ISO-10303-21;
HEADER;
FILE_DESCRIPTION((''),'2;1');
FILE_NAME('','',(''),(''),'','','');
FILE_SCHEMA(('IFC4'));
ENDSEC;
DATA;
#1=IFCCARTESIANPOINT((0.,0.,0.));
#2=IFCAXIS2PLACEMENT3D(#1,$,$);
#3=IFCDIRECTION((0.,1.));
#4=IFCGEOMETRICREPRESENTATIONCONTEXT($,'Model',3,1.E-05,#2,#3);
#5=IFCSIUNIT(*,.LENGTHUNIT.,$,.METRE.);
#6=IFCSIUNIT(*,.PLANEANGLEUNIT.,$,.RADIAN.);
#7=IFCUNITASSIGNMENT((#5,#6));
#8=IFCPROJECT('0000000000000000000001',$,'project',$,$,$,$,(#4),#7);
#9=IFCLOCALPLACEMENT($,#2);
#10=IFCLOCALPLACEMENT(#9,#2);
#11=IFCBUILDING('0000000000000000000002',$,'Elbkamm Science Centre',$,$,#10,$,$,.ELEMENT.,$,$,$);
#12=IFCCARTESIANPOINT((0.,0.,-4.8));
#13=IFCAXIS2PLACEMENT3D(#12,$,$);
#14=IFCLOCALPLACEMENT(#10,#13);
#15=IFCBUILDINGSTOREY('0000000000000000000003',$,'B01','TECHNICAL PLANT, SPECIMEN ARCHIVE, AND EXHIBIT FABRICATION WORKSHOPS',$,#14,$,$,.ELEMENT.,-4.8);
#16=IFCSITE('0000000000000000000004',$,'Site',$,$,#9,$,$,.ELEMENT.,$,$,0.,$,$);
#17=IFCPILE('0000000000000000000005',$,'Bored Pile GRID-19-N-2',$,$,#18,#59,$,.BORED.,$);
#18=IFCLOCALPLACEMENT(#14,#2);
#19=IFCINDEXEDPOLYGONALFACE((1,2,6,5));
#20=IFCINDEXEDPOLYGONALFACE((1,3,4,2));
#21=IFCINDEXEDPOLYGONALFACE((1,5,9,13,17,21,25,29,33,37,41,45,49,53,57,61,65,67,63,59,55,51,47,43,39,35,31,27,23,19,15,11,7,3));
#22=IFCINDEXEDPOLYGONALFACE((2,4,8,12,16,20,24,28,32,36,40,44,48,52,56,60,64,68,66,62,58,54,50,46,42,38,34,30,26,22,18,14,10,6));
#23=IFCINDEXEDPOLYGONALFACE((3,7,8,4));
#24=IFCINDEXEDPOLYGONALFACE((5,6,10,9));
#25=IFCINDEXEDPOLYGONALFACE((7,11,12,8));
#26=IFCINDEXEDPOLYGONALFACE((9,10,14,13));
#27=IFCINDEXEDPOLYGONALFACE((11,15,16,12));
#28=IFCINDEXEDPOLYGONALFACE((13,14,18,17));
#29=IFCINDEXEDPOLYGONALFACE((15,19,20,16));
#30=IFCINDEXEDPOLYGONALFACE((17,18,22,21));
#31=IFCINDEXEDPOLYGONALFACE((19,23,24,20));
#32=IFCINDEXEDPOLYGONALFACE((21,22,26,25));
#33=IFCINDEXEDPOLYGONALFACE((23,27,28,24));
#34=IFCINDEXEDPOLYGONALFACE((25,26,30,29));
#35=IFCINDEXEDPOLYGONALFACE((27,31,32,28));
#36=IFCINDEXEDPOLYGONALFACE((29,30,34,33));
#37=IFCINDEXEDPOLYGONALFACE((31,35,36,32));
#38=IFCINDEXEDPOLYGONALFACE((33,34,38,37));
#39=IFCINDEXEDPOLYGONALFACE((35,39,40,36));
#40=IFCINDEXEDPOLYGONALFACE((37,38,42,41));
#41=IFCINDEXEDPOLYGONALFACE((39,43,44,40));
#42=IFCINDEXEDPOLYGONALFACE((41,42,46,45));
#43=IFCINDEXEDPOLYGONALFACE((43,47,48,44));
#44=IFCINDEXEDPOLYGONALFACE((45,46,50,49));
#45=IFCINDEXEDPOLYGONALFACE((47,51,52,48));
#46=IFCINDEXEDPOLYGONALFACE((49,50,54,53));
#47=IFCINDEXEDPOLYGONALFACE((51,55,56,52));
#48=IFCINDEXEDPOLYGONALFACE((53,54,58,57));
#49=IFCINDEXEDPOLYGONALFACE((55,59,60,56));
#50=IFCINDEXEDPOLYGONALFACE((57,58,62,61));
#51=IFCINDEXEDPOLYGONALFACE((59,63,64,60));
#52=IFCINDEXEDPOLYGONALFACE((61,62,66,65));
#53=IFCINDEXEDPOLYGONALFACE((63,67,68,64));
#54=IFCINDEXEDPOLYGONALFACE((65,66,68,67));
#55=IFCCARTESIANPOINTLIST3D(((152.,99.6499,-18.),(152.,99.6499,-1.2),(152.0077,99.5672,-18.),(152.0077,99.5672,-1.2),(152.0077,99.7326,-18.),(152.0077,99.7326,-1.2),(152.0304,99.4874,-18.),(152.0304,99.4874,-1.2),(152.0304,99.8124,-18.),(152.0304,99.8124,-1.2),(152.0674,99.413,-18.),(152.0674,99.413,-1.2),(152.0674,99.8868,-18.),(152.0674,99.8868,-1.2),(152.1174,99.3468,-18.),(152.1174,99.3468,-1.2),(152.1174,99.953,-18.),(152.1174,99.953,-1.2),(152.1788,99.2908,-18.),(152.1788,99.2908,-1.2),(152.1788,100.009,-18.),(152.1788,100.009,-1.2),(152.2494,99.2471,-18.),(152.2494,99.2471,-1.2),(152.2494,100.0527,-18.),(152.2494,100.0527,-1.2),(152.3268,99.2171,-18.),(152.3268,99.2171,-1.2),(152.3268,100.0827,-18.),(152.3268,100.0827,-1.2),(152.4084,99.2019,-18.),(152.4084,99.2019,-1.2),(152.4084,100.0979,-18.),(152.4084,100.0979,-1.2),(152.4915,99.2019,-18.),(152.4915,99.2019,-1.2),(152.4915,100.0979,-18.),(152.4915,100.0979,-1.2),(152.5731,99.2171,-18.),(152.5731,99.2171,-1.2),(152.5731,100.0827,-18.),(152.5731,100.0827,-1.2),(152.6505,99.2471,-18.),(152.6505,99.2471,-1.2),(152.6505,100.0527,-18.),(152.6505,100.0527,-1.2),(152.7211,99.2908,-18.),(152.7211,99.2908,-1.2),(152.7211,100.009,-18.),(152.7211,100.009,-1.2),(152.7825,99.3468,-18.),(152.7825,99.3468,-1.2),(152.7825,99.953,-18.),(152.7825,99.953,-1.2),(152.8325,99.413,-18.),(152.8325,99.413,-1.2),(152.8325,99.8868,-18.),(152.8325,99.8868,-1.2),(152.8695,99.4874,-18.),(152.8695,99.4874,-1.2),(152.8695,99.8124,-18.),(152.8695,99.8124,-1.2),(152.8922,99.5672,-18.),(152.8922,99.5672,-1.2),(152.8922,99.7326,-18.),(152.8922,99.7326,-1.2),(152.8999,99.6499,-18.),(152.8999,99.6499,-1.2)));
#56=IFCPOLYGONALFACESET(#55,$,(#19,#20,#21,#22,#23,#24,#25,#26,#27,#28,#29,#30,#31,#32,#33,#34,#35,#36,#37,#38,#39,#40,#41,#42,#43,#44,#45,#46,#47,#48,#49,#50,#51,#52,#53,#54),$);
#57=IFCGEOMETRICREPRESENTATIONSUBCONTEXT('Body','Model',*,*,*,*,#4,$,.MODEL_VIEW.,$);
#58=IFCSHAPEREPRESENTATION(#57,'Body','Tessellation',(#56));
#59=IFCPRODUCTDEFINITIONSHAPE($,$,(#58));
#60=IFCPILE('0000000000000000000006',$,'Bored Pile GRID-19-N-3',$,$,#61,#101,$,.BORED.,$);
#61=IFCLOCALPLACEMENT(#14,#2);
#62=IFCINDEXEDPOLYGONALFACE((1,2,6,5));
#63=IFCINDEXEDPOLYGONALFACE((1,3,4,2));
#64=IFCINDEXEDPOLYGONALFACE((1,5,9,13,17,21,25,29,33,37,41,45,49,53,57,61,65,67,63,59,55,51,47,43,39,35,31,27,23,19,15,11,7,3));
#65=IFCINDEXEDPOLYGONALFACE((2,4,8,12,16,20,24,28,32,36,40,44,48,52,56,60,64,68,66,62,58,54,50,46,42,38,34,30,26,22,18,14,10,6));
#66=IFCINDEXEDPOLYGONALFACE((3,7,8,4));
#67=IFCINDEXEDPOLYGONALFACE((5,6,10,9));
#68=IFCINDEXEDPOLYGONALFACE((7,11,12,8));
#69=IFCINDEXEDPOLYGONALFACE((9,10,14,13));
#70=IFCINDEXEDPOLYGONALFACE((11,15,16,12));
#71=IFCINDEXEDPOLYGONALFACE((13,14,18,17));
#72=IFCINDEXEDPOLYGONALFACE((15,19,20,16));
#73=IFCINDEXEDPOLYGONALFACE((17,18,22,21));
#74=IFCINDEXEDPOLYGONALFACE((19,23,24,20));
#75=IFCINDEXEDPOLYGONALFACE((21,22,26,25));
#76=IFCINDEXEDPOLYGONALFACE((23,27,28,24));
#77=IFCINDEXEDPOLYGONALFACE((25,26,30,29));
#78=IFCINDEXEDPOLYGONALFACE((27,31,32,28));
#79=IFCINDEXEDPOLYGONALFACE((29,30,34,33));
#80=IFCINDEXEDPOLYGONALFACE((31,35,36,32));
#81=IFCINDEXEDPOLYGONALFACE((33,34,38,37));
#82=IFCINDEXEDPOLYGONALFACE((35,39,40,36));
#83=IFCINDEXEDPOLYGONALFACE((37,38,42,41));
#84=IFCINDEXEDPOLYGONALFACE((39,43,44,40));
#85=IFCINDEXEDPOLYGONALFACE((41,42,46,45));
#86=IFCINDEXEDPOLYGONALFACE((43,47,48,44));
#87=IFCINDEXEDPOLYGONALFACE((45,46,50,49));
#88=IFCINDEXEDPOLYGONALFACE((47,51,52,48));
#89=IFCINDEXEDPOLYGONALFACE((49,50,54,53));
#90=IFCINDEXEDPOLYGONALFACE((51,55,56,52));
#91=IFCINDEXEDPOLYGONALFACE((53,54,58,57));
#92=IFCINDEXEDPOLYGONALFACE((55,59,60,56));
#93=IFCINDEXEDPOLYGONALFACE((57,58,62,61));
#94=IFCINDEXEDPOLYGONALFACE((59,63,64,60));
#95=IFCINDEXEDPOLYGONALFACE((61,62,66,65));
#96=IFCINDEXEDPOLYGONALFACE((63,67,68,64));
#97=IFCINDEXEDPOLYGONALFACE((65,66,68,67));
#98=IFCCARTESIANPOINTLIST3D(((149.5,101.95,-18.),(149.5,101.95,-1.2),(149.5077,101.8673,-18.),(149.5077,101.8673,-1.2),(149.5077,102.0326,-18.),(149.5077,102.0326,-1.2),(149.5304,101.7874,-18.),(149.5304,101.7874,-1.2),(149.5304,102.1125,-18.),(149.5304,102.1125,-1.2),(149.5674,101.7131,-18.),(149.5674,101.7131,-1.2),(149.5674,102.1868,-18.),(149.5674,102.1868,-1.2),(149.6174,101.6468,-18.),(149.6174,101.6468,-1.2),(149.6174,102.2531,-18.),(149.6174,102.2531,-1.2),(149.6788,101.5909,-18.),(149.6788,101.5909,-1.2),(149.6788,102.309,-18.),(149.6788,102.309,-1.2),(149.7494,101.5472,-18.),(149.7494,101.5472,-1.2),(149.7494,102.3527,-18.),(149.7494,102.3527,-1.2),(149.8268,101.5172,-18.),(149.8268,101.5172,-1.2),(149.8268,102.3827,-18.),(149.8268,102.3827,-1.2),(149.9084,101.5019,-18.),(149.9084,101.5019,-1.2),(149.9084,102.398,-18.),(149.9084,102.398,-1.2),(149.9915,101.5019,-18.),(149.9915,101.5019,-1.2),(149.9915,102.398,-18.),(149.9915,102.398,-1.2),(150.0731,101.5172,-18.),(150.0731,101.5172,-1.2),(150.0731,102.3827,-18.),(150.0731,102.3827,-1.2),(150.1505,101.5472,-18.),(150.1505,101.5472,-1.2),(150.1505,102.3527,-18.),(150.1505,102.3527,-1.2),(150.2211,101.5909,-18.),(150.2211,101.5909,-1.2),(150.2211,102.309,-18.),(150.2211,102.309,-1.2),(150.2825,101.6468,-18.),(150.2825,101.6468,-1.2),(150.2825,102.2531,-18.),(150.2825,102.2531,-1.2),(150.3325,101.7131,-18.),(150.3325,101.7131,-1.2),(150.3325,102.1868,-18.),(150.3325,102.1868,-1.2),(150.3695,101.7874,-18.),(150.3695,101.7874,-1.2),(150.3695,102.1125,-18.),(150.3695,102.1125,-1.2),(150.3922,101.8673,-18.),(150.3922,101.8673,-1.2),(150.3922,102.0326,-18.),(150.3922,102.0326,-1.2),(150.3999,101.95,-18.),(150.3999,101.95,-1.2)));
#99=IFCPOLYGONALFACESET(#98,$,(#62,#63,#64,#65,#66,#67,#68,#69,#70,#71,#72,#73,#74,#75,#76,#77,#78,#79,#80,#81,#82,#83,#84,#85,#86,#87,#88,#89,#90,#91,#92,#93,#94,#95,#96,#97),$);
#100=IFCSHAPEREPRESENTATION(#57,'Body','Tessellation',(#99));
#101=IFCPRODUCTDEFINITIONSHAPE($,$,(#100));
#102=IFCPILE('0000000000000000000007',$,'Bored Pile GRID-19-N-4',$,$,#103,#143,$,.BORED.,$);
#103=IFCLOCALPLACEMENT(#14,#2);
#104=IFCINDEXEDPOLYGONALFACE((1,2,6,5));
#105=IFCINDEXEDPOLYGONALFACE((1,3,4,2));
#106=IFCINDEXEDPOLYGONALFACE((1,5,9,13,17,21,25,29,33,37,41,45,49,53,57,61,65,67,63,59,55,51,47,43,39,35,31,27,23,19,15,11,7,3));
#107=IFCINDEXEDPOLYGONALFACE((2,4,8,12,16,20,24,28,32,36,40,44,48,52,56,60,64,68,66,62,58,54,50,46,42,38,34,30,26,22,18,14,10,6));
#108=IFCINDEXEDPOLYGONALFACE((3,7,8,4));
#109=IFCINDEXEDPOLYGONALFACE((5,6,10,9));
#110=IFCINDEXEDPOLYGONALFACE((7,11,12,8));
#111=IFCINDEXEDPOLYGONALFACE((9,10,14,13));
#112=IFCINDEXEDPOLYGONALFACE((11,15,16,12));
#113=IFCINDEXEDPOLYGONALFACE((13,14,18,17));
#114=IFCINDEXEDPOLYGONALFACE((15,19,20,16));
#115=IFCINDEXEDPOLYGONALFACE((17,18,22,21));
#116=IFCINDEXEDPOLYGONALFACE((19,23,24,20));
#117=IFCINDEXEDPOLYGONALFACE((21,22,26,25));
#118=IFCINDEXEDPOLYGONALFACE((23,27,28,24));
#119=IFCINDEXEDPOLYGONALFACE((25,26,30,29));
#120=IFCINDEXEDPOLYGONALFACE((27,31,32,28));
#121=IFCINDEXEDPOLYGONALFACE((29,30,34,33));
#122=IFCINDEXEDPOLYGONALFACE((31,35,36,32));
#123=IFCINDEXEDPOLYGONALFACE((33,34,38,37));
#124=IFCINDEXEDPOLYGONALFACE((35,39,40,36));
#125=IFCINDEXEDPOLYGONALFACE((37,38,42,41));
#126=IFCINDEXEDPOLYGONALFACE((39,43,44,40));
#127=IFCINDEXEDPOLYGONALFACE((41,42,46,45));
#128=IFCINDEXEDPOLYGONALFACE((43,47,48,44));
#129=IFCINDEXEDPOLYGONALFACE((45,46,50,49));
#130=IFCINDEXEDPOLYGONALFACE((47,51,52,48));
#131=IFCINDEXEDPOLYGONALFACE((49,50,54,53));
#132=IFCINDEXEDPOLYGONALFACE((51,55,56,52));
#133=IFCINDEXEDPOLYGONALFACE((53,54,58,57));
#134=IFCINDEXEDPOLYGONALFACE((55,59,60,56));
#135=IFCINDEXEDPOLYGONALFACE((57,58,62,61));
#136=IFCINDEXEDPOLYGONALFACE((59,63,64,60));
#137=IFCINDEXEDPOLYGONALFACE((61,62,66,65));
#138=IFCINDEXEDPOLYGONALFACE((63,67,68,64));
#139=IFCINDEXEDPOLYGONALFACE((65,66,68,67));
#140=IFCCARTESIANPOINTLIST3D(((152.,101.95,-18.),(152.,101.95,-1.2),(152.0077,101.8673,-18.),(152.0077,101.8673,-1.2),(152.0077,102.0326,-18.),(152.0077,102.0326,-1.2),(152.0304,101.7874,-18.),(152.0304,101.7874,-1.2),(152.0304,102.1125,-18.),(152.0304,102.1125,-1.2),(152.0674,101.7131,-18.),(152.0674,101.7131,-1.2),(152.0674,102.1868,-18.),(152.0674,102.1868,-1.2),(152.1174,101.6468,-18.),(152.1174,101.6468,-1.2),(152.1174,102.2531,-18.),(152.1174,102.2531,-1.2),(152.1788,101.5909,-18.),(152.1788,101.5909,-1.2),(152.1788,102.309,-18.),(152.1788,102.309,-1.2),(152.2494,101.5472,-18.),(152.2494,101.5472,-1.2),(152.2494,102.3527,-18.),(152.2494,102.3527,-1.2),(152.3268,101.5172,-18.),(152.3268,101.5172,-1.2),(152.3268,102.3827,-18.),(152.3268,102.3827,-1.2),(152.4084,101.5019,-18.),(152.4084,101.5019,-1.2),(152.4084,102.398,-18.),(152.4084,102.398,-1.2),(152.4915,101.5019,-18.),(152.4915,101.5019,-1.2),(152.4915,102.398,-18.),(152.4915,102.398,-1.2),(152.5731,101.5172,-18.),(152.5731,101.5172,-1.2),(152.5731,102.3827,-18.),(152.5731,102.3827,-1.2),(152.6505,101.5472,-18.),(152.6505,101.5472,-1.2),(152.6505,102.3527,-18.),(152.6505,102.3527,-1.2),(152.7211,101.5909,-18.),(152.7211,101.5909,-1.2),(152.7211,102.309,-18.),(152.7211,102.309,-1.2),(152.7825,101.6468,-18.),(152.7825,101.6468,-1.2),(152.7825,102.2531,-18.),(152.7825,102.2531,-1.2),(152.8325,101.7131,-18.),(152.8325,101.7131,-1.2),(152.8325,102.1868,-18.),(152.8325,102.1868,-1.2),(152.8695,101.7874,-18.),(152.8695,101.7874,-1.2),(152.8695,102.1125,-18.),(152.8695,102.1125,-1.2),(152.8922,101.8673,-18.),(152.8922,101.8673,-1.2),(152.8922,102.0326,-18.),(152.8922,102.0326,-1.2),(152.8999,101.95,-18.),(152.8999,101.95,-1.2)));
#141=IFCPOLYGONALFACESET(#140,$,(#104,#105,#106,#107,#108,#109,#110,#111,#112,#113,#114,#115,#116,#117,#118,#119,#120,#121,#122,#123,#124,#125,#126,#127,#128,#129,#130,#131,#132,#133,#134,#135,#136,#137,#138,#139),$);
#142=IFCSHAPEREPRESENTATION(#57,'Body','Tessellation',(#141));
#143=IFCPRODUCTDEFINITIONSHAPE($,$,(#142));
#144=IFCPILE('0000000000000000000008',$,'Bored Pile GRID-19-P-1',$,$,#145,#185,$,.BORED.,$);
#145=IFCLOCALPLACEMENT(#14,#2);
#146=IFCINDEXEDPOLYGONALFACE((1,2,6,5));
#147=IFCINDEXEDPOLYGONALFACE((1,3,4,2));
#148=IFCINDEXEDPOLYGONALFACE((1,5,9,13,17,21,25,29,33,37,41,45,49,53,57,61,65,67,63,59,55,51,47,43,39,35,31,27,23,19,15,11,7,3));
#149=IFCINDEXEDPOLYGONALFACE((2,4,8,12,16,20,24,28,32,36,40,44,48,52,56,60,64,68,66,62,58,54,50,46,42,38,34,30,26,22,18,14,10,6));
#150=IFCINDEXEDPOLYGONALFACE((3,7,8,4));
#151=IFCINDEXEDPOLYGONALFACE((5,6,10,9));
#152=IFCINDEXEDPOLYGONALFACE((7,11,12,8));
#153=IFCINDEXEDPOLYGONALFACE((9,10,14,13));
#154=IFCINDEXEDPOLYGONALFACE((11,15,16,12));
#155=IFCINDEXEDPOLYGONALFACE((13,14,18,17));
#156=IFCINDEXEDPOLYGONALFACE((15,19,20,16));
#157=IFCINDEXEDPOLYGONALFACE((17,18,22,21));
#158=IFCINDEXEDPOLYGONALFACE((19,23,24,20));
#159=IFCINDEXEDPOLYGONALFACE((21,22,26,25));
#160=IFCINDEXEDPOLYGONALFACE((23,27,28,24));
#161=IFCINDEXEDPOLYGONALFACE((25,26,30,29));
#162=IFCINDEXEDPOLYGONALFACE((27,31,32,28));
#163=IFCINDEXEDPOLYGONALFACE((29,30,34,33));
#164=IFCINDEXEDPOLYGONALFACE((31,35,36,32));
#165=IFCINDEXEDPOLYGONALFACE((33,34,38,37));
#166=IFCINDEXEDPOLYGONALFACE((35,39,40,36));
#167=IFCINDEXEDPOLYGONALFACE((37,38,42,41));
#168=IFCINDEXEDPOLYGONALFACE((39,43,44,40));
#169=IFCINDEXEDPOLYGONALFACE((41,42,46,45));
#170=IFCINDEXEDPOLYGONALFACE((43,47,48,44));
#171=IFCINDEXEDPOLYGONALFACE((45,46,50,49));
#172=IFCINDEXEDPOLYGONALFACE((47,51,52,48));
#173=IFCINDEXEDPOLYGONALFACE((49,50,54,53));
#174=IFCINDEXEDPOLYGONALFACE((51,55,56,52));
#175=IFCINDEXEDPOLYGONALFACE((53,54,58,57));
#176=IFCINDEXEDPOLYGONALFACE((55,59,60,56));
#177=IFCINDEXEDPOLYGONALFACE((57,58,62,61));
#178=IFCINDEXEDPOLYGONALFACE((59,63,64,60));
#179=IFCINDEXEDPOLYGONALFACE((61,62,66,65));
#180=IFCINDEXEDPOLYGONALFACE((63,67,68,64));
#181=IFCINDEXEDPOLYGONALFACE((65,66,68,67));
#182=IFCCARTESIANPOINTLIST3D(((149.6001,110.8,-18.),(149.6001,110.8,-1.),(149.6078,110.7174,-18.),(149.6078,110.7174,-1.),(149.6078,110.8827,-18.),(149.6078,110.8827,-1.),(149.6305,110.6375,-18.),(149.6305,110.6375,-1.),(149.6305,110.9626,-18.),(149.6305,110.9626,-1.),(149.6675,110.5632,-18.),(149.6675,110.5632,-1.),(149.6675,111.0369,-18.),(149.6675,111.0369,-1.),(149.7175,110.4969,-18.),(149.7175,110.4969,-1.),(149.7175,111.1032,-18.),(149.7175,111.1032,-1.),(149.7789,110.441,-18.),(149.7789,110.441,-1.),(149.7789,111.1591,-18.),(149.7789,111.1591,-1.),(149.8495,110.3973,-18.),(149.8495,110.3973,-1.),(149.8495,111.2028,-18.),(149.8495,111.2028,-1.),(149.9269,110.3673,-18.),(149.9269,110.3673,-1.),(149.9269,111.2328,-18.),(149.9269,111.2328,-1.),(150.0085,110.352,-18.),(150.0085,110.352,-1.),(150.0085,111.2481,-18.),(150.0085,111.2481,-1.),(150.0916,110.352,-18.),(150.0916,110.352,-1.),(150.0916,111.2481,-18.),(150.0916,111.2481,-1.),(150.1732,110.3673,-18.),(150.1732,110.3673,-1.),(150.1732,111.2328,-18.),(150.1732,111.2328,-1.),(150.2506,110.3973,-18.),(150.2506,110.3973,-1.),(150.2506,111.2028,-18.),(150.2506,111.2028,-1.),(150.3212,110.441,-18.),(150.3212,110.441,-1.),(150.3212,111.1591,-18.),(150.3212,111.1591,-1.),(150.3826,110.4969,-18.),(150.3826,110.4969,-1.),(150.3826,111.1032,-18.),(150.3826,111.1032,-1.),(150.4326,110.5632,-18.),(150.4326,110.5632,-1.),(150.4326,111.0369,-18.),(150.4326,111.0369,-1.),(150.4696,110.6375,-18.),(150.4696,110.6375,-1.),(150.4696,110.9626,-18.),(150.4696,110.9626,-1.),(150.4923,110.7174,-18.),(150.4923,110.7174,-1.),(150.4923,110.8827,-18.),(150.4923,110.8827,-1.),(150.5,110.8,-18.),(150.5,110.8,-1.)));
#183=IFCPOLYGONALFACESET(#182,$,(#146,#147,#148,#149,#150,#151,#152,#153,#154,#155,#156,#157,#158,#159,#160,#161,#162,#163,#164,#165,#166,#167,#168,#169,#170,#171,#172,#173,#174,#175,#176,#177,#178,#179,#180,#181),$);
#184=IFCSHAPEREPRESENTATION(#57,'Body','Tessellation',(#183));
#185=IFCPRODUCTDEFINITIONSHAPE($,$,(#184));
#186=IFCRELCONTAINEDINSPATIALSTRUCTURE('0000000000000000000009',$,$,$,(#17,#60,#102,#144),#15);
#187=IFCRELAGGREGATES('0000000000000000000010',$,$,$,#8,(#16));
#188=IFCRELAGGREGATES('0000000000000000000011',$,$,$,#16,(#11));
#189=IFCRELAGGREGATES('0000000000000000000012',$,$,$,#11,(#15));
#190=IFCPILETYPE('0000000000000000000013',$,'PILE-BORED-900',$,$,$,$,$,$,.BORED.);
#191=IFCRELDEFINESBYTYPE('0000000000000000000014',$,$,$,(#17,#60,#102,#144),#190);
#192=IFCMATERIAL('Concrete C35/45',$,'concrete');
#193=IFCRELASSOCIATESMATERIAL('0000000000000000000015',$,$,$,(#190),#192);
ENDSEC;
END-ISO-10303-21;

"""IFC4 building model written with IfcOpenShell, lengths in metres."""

from ifc_helpers import new_model, si_unit, direction, frame, origin, origin_2d, place, context, subcontext, project, spatial, circle, extrude, material, material_profile, profile_set, type_object, element, save


model = new_model("IFC4")

# Units and contexts
model_context = context("Model", 3, precision=1e-05, world=origin(), true_north=direction((0.0, 1.0)))
body_context = subcontext(model_context, "Body", "Model", "MODEL_VIEW")
ifc_project = project(units=[si_unit("LENGTHUNIT", "METRE"), si_unit("PLANEANGLEUNIT", "RADIAN")], contexts=[model_context])

# Site, building, storey
site_placement = place(None, origin())
site = spatial("IfcSite", under=ifc_project, at=site_placement, Name="Site", CompositionType="ELEMENT", RefElevation=0.0)
building_placement = place(site_placement, origin())
building = spatial("IfcBuilding", under=site, at=building_placement, Name="Elbkamm Science Centre", CompositionType="ELEMENT")
storey_placement = place(building_placement, frame((0.0, 0.0, -4.8)))
storey = spatial("IfcBuildingStorey", under=building, at=storey_placement, Name="B01", Description="TECHNICAL PLANT, SPECIMEN ARCHIVE, AND EXHIBIT FABRICATION WORKSHOPS", CompositionType="ELEMENT", Elevation=-4.8)

# Shared definitions
ifc_material_1 = material(Name="Concrete C35/45", Category="concrete")

# Piles
ifc_material_profile_1 = material_profile(ifc_material_1, circle(Radius=0.45, at=origin_2d()), Name="PILE D900")
ifc_profile_set_1 = profile_set([ifc_material_profile_1], Name="Concrete C35/45")
pile_type = type_object("IfcPileType", Name="PILE-BORED-900", PredefinedType="BORED", material=ifc_profile_set_1)
for number, where, z_axis, x_axis, name in (
    (1, (152.45, 99.6499, -1.2), (0.0, 0.0, -1.0), (1.0, 0.0, 0.0), "Bored Pile GRID-19-N-2"),
    (2, (149.95, 101.95, -1.2), (0.0, 0.0, -1.0), (1.0, 0.0, 0.0), "Bored Pile GRID-19-N-3"),
    (3, (152.45, 101.95, -1.2), (0.0, 0.0, -1.0), (1.0, 0.0, 0.0), "Bored Pile GRID-19-N-4"),
):
    element("IfcPile", number, at=place(storey_placement, frame(where, z_axis=z_axis, x_axis=x_axis)), inside=storey, type_object=pile_type, Name=name, PredefinedType="BORED", context=body_context, shape_type="SweptSolid", body=[
        extrude(circle(Radius=0.45, at=origin_2d()), origin(), (0.0, 0.0, 1.0), 16.8),
    ])
for number, where, z_axis, x_axis, name in (
    (4, (150.05, 110.8, -1.0), (0.0, 0.0, -1.0), (1.0, 0.0, 0.0), "Bored Pile GRID-19-P-1"),
):
    element("IfcPile", number, at=place(storey_placement, frame(where, z_axis=z_axis, x_axis=x_axis)), inside=storey, type_object=pile_type, Name=name, PredefinedType="BORED", context=body_context, shape_type="SweptSolid", body=[
        extrude(circle(Radius=0.45, at=origin_2d()), origin(), (0.0, 0.0, 1.0), 17.0),
    ])

save(model, "model.ifc")
